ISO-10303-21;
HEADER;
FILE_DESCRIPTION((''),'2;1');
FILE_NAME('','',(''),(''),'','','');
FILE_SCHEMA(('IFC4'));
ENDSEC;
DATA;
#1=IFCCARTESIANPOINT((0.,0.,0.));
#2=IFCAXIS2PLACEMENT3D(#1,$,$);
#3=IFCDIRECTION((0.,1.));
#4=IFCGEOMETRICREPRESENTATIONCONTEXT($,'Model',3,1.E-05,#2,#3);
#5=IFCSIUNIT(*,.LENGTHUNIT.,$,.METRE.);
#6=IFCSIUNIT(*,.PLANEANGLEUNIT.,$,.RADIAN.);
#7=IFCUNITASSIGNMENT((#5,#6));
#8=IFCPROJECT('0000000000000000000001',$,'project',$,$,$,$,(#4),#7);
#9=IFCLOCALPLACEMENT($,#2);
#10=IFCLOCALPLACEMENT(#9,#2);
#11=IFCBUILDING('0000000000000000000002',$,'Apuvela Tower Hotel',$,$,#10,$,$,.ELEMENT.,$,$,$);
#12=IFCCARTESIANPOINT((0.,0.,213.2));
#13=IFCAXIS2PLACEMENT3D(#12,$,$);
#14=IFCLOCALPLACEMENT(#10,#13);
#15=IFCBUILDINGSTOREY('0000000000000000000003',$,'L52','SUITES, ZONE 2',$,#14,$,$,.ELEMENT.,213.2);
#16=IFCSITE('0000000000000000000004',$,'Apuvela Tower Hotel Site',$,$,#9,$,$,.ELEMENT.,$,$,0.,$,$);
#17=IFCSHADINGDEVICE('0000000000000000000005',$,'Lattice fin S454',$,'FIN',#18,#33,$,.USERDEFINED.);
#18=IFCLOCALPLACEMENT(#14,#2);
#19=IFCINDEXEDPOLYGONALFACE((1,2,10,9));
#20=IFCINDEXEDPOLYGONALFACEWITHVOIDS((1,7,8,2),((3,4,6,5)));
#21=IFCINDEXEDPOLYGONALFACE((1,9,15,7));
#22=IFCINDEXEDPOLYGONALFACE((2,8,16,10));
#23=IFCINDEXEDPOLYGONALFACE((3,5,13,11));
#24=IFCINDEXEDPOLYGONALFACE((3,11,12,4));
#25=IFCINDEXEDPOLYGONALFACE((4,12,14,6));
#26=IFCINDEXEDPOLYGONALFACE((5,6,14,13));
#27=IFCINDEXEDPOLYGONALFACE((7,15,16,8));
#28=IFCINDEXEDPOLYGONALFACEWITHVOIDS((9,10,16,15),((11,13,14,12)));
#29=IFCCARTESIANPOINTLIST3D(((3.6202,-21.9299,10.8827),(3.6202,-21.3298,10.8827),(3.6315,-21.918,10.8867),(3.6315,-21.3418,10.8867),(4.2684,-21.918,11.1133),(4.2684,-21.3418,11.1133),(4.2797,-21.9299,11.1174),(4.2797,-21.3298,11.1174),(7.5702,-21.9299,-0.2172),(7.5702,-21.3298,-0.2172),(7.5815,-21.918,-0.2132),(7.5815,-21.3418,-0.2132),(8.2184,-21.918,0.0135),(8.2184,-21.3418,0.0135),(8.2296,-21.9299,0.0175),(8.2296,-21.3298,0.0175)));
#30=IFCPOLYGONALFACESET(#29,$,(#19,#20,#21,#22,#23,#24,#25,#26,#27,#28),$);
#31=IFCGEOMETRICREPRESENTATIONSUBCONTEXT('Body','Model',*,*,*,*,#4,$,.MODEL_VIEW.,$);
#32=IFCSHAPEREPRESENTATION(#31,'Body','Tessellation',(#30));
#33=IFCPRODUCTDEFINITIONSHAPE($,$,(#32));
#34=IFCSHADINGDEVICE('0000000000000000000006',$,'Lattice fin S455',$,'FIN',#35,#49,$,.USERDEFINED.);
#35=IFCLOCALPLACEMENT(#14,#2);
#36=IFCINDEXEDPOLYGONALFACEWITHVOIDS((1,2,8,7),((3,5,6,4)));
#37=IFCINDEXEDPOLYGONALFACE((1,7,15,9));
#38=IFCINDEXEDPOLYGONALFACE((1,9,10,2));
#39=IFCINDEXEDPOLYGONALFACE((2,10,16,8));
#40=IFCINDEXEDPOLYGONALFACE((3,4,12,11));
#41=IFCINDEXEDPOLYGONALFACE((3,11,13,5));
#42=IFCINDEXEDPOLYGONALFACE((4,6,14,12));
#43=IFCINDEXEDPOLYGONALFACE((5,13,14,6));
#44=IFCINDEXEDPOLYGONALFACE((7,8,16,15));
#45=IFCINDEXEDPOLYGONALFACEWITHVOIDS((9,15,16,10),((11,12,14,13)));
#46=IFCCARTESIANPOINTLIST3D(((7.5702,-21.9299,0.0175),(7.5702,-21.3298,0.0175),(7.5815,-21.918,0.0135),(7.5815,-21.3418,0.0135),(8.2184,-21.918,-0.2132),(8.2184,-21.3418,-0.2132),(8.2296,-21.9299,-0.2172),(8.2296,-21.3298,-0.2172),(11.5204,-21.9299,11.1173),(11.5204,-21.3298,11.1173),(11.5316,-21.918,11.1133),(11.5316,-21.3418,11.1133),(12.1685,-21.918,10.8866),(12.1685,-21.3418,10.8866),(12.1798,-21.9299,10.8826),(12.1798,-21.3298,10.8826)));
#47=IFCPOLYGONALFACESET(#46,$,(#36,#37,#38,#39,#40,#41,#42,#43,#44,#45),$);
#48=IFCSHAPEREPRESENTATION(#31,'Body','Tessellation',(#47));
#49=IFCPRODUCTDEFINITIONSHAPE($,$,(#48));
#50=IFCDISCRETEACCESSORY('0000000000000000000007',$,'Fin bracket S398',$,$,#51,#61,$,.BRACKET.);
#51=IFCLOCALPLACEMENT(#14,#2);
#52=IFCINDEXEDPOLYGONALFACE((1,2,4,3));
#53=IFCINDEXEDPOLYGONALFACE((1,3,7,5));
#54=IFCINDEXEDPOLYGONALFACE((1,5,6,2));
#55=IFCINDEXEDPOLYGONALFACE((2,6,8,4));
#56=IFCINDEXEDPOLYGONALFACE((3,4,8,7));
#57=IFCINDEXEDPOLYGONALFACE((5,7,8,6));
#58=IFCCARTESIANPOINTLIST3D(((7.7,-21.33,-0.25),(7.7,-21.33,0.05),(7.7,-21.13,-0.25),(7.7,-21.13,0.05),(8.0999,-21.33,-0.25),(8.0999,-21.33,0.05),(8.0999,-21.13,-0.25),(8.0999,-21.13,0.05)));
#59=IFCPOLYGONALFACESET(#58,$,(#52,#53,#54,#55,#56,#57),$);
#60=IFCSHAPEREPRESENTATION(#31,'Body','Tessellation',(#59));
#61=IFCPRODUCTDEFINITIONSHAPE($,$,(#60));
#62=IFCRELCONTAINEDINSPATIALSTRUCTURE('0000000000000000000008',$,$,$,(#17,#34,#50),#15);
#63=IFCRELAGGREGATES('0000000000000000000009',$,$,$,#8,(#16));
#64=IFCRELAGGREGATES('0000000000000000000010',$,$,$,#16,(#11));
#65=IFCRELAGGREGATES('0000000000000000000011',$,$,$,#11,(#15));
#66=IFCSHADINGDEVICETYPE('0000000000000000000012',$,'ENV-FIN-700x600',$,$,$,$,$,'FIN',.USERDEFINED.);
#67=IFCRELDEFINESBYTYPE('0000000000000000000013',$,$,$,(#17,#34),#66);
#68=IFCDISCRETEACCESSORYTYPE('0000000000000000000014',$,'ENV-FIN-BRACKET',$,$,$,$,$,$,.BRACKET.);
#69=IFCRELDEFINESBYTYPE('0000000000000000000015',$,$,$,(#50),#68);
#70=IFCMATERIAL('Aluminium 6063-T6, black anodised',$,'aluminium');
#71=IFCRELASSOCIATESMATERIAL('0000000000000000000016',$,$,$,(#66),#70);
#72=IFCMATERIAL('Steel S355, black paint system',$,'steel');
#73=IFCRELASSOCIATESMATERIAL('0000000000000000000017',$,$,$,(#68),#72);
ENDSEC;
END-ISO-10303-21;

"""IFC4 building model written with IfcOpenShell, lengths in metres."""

from ifc_helpers import new_model, si_unit, direction, frame, origin, origin_2d, place, context, subcontext, project, spatial, rectangle, hollow_rectangle, extrude, material, material_profile, profile_set, type_object, element, save


model = new_model("IFC4")

# Units and contexts
model_context = context("Model", 3, precision=1e-05, world=origin(), true_north=direction((0.0, 1.0)))
body_context = subcontext(model_context, "Body", "Model", "MODEL_VIEW")
ifc_project = project(units=[si_unit("LENGTHUNIT", "METRE"), si_unit("PLANEANGLEUNIT", "RADIAN")], contexts=[model_context])

# Site, building, storey
site_placement = place(None, origin())
site = spatial("IfcSite", under=ifc_project, at=site_placement, Name="Apuvela Tower Hotel Site", CompositionType="ELEMENT", RefElevation=0.0)
building_placement = place(site_placement, origin())
building = spatial("IfcBuilding", under=site, at=building_placement, Name="Apuvela Tower Hotel", CompositionType="ELEMENT")
storey_placement = place(building_placement, frame((0.0, 0.0, 213.2)))
storey = spatial("IfcBuildingStorey", under=building, at=storey_placement, Name="L52", Description="SUITES, ZONE 2", CompositionType="ELEMENT", Elevation=213.2)

# Shading devices
ifc_material_1 = material(Name="Aluminium 6063-T6, black anodised", Category="aluminium")
ifc_material_profile_1 = material_profile(ifc_material_1, hollow_rectangle(XDim=0.6001, YDim=0.7, WallThickness=0.012, at=origin_2d()), Name="AL BOX 700x600x12")
ifc_profile_set_1 = profile_set([ifc_material_profile_1], Name="Aluminium 6063-T6, black anodised")
shading_device_type = type_object("IfcShadingDeviceType", Name="ENV-FIN-700x600", ElementType="FIN", PredefinedType="USERDEFINED", material=ifc_profile_set_1)
for number, where, z_axis, x_axis, name in (
    (1, (7.8999, -21.6299, -0.0999), (-0.335261, 0.0, 0.942125), (0.0, -1.0, 0.0), "Lattice fin S454"),
    (2, (7.8999, -21.6299, -0.0999), (0.335279, 0.0, 0.942119), (0.0, 1.0, 0.0), "Lattice fin S455"),
):
    element("IfcShadingDevice", number, at=place(storey_placement, frame(where, z_axis=z_axis, x_axis=x_axis)), inside=storey, type_object=shading_device_type, Name=name, ObjectType="FIN", PredefinedType="USERDEFINED", context=body_context, shape_type="SweptSolid", body=[
        extrude(hollow_rectangle(XDim=0.6001, YDim=0.7, WallThickness=0.012, at=origin_2d()), origin(), (0.0, 0.0, 1.0), 11.7817),
    ])

# Discrete accessory
ifc_material_2 = material(Name="Steel S355, black paint system", Category="steel")
discrete_accessory_type = type_object("IfcDiscreteAccessoryType", Name="ENV-FIN-BRACKET", PredefinedType="BRACKET", material=ifc_material_2)
discrete_accessory_placement = place(storey_placement, frame((7.8999, -21.23, -0.25), z_axis=(0.0, 0.0, 1.0), x_axis=(1.0, 0.0, 0.0)))
element("IfcDiscreteAccessory", 3, at=discrete_accessory_placement, inside=storey, type_object=discrete_accessory_type, Name="Fin bracket S398", PredefinedType="BRACKET", context=body_context, shape_type="SweptSolid", body=[
    extrude(rectangle(XDim=0.3999, YDim=0.2, at=origin_2d()), origin(), (0.0, 0.0, 1.0), 0.3),
])

save(model, "model.ifc")
